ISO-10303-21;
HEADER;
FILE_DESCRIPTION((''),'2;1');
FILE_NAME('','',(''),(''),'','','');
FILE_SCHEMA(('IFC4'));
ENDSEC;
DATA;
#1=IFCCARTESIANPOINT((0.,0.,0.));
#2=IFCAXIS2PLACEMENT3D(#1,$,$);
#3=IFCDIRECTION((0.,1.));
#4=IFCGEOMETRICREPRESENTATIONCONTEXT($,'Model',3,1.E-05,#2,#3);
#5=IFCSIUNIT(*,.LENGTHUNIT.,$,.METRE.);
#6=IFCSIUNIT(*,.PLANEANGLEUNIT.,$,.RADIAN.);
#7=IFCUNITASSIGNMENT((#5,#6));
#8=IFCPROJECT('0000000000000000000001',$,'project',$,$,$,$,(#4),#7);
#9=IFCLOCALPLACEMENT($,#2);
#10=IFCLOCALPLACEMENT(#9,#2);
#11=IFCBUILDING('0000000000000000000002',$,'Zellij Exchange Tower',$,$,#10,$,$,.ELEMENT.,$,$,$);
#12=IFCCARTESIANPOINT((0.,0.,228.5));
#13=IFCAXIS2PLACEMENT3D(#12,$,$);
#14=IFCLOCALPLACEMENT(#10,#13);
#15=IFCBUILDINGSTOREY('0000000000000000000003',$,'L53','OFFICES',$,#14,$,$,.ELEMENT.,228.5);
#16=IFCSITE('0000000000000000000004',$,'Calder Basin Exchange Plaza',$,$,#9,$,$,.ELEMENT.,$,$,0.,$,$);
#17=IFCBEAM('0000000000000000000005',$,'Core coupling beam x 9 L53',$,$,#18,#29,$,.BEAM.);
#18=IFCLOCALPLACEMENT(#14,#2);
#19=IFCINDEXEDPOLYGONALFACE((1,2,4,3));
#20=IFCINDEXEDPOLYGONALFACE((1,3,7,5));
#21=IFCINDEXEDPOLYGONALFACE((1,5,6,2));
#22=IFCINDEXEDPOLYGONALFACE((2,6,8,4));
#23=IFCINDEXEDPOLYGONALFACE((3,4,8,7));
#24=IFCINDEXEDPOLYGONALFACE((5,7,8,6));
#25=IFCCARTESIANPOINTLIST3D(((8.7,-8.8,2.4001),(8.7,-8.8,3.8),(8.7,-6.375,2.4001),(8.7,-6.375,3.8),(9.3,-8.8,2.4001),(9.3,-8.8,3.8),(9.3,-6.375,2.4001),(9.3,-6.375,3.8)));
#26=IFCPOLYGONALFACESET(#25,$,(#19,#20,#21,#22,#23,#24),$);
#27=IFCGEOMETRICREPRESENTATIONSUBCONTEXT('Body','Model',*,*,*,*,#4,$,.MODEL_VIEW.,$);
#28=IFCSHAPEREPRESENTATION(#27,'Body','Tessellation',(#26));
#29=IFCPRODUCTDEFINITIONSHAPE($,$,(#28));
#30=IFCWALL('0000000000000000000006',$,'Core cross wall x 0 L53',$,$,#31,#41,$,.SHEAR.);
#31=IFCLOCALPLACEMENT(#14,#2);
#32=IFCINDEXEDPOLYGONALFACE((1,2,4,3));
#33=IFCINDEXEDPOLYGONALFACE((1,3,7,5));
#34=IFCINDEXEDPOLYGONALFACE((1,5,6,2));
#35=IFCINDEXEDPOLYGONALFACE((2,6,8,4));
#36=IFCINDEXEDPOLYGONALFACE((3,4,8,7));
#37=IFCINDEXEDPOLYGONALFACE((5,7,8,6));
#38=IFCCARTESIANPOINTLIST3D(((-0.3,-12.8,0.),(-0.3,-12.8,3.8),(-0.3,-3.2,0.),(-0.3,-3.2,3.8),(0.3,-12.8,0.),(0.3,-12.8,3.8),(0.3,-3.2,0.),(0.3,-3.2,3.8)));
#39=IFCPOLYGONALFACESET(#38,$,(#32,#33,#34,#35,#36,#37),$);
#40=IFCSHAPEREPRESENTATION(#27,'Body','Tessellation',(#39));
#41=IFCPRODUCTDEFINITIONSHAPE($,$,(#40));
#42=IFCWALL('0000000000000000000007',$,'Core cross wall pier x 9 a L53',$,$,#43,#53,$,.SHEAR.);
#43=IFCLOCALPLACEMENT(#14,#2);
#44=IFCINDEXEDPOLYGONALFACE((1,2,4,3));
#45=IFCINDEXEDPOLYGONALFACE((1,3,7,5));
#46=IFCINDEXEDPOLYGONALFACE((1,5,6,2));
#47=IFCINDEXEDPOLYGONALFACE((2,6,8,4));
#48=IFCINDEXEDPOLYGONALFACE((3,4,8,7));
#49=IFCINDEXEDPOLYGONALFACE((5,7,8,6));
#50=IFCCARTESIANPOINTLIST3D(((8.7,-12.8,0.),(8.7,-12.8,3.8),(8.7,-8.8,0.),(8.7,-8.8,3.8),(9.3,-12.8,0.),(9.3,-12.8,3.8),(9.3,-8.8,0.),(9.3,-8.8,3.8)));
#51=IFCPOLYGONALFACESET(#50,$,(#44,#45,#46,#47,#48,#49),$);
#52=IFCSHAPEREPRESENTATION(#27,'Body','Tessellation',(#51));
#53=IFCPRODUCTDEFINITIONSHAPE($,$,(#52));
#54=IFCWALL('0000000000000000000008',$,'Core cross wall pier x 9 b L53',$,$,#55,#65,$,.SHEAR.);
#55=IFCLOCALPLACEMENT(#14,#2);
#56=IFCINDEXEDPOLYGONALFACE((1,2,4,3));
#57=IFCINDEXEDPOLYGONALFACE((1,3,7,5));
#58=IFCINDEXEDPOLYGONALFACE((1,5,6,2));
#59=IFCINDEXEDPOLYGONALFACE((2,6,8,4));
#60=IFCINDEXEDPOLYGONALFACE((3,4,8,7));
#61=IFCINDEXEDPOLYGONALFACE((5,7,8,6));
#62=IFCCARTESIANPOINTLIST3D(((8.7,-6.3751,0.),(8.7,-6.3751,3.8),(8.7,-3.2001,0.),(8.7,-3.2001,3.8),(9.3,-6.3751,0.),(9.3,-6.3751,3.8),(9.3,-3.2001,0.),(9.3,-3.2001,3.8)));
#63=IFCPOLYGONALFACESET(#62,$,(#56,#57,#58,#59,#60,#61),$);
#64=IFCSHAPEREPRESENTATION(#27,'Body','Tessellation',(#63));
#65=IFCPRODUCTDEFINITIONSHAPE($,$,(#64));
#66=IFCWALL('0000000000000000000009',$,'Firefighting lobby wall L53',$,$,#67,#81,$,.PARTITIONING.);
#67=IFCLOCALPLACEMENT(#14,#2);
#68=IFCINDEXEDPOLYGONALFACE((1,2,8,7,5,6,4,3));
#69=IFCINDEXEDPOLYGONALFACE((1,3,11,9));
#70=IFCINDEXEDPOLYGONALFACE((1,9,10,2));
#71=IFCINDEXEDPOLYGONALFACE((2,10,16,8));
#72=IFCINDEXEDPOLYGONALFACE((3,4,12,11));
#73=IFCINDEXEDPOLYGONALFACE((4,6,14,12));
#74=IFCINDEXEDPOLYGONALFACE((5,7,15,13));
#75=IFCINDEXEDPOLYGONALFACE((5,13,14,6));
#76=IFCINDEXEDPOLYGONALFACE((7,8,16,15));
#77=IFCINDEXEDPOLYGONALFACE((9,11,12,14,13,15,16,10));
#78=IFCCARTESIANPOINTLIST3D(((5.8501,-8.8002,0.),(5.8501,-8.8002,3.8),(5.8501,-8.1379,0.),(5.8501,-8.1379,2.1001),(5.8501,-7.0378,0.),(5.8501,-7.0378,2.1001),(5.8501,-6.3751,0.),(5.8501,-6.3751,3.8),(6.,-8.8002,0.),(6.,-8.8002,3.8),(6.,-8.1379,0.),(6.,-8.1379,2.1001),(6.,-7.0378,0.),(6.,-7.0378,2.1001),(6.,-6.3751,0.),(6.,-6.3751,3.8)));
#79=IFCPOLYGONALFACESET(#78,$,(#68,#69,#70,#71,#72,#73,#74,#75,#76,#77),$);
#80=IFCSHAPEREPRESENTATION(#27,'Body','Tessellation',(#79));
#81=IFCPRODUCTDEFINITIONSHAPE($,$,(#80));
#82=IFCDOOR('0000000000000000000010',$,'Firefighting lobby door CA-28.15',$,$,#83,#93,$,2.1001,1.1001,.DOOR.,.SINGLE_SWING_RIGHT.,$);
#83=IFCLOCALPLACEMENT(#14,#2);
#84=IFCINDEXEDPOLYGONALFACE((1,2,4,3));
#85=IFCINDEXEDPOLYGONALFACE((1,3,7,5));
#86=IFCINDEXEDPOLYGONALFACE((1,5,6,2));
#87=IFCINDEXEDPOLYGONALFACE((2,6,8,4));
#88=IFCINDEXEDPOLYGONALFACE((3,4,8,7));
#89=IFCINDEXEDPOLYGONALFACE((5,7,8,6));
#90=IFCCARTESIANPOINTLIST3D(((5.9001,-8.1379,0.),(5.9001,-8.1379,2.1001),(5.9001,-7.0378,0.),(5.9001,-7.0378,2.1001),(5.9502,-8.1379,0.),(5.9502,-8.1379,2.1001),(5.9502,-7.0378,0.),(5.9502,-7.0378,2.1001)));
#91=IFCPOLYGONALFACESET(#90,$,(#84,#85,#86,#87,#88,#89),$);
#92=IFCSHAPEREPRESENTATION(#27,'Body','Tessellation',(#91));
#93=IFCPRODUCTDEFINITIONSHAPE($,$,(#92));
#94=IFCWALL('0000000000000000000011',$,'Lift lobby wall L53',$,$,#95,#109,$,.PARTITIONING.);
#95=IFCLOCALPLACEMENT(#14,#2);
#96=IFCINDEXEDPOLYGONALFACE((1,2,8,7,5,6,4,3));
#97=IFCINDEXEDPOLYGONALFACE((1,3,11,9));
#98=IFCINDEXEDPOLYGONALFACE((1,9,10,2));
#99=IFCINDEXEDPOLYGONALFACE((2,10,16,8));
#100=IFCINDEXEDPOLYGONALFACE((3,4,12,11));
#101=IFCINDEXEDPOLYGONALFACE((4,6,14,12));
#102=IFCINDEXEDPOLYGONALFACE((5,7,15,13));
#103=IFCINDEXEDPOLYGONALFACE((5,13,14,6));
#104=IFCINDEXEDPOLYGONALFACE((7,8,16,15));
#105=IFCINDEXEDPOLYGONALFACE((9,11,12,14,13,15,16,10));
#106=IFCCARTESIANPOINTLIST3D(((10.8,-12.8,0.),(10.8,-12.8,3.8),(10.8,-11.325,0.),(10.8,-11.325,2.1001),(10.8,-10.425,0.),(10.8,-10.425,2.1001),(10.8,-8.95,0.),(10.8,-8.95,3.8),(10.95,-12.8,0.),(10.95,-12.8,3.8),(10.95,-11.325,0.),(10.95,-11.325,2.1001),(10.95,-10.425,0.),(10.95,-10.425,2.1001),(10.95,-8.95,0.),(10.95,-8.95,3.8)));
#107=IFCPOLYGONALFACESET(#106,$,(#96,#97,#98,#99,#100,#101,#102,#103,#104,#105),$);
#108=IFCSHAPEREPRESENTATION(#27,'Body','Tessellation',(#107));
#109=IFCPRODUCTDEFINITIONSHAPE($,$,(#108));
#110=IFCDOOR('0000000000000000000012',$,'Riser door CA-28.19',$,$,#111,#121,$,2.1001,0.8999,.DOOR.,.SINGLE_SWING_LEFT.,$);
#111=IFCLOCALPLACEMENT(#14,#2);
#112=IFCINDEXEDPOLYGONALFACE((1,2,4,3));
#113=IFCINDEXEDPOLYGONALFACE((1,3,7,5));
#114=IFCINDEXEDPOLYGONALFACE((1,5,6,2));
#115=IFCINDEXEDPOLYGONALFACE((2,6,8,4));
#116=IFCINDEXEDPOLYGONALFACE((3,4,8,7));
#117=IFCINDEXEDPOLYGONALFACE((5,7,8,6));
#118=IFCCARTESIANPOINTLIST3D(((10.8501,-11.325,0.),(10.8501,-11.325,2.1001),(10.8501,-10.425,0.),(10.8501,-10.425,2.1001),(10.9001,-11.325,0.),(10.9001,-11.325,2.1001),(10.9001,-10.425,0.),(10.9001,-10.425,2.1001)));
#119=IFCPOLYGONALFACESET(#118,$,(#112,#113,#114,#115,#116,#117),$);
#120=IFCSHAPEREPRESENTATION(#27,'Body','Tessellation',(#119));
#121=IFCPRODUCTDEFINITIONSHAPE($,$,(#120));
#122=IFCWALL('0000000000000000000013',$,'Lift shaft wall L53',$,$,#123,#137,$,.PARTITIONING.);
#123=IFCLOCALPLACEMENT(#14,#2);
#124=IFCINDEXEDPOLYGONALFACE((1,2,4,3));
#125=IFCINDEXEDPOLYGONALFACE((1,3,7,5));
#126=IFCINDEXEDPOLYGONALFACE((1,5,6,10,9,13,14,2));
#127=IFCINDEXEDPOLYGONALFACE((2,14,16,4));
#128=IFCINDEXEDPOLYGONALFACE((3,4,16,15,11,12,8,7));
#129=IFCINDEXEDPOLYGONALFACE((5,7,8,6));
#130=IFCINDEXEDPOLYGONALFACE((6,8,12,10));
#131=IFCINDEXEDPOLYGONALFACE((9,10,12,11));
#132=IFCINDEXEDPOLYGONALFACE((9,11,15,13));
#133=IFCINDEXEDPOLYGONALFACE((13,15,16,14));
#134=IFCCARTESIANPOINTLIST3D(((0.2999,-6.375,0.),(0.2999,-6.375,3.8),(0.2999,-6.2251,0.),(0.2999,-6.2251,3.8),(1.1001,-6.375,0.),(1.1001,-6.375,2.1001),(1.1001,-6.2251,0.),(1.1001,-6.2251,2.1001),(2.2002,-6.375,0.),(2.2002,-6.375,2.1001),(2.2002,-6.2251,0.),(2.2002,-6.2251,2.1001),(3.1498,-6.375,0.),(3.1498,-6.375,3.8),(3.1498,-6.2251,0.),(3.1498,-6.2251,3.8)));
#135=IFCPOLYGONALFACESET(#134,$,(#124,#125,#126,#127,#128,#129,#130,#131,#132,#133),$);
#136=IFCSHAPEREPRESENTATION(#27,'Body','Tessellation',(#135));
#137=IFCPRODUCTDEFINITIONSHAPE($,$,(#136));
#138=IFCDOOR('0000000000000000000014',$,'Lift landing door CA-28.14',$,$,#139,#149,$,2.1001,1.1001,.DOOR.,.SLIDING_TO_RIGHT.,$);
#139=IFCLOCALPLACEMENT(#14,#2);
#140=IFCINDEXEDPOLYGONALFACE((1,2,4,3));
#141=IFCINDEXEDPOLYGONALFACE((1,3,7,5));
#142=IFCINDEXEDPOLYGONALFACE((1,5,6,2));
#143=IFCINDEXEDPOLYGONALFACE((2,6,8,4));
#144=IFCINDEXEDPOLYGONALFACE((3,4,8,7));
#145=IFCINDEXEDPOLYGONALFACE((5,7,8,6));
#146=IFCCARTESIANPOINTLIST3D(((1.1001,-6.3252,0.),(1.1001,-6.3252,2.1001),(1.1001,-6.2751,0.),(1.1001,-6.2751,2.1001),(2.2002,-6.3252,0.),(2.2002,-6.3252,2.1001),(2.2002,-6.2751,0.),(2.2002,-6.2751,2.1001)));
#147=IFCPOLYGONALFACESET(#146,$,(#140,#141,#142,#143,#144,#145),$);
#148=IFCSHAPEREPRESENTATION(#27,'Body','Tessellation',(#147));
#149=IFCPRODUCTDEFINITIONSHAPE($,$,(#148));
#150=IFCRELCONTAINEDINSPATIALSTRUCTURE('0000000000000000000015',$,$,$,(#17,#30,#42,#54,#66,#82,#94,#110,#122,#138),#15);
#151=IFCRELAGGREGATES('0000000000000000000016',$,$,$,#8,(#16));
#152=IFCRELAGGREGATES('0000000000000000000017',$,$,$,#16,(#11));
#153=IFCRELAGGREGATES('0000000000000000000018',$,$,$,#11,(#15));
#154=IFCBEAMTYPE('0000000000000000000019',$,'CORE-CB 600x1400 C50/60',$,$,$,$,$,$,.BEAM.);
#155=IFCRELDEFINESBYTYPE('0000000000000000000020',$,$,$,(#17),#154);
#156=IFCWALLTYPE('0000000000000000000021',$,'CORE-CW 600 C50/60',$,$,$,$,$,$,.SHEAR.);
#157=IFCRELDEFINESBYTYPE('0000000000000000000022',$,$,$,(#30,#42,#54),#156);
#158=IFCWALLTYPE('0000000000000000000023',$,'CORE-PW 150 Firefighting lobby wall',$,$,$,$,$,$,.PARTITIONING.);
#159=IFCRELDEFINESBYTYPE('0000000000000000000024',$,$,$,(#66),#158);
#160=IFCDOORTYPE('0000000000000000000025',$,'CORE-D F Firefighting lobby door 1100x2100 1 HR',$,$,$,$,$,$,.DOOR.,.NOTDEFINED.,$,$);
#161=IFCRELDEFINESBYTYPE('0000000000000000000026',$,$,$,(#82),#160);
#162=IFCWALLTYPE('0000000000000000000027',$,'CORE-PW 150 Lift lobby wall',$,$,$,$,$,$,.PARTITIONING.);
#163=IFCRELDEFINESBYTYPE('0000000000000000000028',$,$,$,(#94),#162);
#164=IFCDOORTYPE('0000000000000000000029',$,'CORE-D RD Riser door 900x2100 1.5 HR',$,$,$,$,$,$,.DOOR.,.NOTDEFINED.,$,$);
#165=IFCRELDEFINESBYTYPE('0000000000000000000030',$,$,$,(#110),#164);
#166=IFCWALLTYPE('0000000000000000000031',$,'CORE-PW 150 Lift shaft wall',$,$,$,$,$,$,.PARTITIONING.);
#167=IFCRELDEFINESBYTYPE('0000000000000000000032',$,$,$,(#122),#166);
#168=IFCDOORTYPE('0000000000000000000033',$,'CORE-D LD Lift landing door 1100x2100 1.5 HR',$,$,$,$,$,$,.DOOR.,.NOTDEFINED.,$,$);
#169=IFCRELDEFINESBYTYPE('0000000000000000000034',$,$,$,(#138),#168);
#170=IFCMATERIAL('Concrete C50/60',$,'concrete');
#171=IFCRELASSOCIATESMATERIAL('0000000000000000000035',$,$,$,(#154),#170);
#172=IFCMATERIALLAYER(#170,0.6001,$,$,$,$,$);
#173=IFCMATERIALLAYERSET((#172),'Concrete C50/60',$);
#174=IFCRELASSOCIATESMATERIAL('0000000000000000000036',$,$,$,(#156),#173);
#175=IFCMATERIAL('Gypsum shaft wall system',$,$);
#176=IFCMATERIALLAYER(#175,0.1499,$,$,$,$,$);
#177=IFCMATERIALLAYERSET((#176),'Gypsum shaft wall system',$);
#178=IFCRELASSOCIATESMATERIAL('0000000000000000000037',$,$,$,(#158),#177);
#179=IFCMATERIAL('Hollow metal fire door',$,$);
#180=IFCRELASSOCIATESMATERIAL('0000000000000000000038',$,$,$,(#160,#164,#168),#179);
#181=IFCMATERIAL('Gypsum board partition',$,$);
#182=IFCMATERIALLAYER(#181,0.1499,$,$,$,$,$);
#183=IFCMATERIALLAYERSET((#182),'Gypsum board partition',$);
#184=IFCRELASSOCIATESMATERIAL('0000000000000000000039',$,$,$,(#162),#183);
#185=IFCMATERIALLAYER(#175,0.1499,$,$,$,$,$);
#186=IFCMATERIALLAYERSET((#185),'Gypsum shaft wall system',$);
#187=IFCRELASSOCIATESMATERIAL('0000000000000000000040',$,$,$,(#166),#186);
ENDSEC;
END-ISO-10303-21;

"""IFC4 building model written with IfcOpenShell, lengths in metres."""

from ifc_helpers import new_model, si_unit, direction, frame, frame_2d, origin, origin_2d, place, context, subcontext, project, spatial, rectangle, extrude, material, layer, layer_set, material_profile, profile_set, type_object, element, fill, save


model = new_model("IFC4")

# Units and contexts
model_context = context("Model", 3, precision=1e-05, world=origin(), true_north=direction((0.0, 1.0)))
body_context = subcontext(model_context, "Body", "Model", "MODEL_VIEW")
ifc_project = project(units=[si_unit("LENGTHUNIT", "METRE"), si_unit("PLANEANGLEUNIT", "RADIAN")], contexts=[model_context])

# Site, building, storey
site_placement = place(None, origin())
site = spatial("IfcSite", under=ifc_project, at=site_placement, Name="Calder Basin Exchange Plaza", CompositionType="ELEMENT", RefElevation=0.0)
building_placement = place(site_placement, origin())
building = spatial("IfcBuilding", under=site, at=building_placement, Name="Zellij Exchange Tower", CompositionType="ELEMENT")
storey_placement = place(building_placement, frame((0.0, 0.0, 228.5)))
storey = spatial("IfcBuildingStorey", under=building, at=storey_placement, Name="L53", Description="OFFICES", CompositionType="ELEMENT", Elevation=228.5)

# Beam
ifc_material_1 = material(Name="Concrete C50/60", Category="concrete")
ifc_material_profile = material_profile(ifc_material_1, rectangle(XDim=0.6001, YDim=1.3999, at=origin_2d()), Name="CORE-CB 600x1400 C50/60")
ifc_profile_set = profile_set([ifc_material_profile], Name="Concrete C50/60")
beam_type = type_object("IfcBeamType", Name="CORE-CB 600x1400 C50/60", PredefinedType="BEAM", material=ifc_profile_set)
beam_placement = place(storey_placement, frame((9.0, -8.8, 3.1001), z_axis=(0.0, 1.0, 0.0), x_axis=(-1.0, 0.0, 0.0)))
element("IfcBeam", 1, at=beam_placement, inside=storey, type_object=beam_type, Name="Core coupling beam x 9 L53", PredefinedType="BEAM", context=body_context, shape_type="SweptSolid", body=[
    extrude(rectangle(XDim=0.6001, YDim=1.3999, at=origin_2d()), origin(), (0.0, 0.0, 1.0), 2.425),
])

# Walls
ifc_layer_1 = layer(ifc_material_1, 0.6001)
ifc_layer_set_1 = layer_set([ifc_layer_1], Name="Concrete C50/60")
wall_type_1 = type_object("IfcWallType", Name="CORE-CW 600 C50/60", PredefinedType="SHEAR", material=ifc_layer_set_1)
wall_1_placement = place(storey_placement, frame((0.0, -12.8, 0.0), z_axis=(0.0, 0.0, 1.0), x_axis=(0.0, 1.0, 0.0)))
element("IfcWall", 2, at=wall_1_placement, inside=storey, type_object=wall_type_1, Name="Core cross wall x 0 L53", PredefinedType="SHEAR", context=body_context, shape_type="SweptSolid", body=[
    extrude(rectangle(XDim=9.6001, YDim=0.6001, at=frame_2d((4.8, 0.0))), origin(), (0.0, 0.0, 1.0), 3.8),
])
wall_2_placement = place(storey_placement, frame((9.0, -12.8, 0.0), z_axis=(0.0, 0.0, 1.0), x_axis=(0.0, 1.0, 0.0)))
element("IfcWall", 3, at=wall_2_placement, inside=storey, type_object=wall_type_1, Name="Core cross wall pier x 9 a L53", PredefinedType="SHEAR", context=body_context, shape_type="SweptSolid", body=[
    extrude(rectangle(XDim=4.0, YDim=0.6001, at=frame_2d((2.0, 0.0))), origin(), (0.0, 0.0, 1.0), 3.8),
])
wall_3_placement = place(storey_placement, frame((9.0, -6.375, 0.0), z_axis=(0.0, 0.0, 1.0), x_axis=(0.0, 1.0, 0.0)))
element("IfcWall", 4, at=wall_3_placement, inside=storey, type_object=wall_type_1, Name="Core cross wall pier x 9 b L53", PredefinedType="SHEAR", context=body_context, shape_type="SweptSolid", body=[
    extrude(rectangle(XDim=3.175, YDim=0.6001, at=frame_2d((1.5874, 0.0))), origin(), (0.0, 0.0, 1.0), 3.8),
])

# Walls, openings, doors
ifc_material_2 = material(Name="Gypsum shaft wall system")
ifc_layer_2 = layer(ifc_material_2, 0.1499)
ifc_layer_set_2 = layer_set([ifc_layer_2], Name="Gypsum shaft wall system")
wall_type_2 = type_object("IfcWallType", Name="CORE-PW 150 Firefighting lobby wall", PredefinedType="PARTITIONING", material=ifc_layer_set_2)
wall_4_placement = place(storey_placement, frame((5.925, -8.8, 0.0), z_axis=(0.0, 0.0, 1.0), x_axis=(0.0, 1.0, 0.0)))
wall_4 = element("IfcWall", 5, at=wall_4_placement, inside=storey, type_object=wall_type_2, Name="Firefighting lobby wall L53", PredefinedType="PARTITIONING", context=body_context, shape_type="SweptSolid", body=[
    extrude(rectangle(XDim=2.425, YDim=0.1499, at=frame_2d((1.2124, 0.0))), origin(), (0.0, 0.0, 1.0), 3.8),
])
opening_1_placement = place(wall_4_placement, frame((0.6621, 0.0, 0.0)))
opening_1 = element("IfcOpeningElement", 6, at=opening_1_placement, cuts=wall_4, PredefinedType="OPENING", context=body_context, shape_type="SweptSolid", body=[
    extrude(rectangle(XDim=1.1001, YDim=2.1001, at=frame_2d((0.55, 1.05))), frame((0.0, 0.0869, 0.0), z_axis=(0.0, -1.0, 0.0), x_axis=(1.0, 0.0, 0.0)), (0.0, 0.0, 1.0), 0.1738),
])
ifc_material_3 = material(Name="Hollow metal fire door")
door_type_1 = type_object("IfcDoorType", Name="CORE-D F Firefighting lobby door 1100x2100 1 HR", OperationType="NOTDEFINED", PredefinedType="DOOR", material=ifc_material_3)
door_1_placement = place(opening_1_placement, origin())
door_1 = element("IfcDoor", 7, at=door_1_placement, inside=storey, type_object=door_type_1, Name="Firefighting lobby door CA-28.15", OperationType="SINGLE_SWING_RIGHT", OverallHeight=2.1001, OverallWidth=1.1001, PredefinedType="DOOR", context=body_context, shape_type="SweptSolid", body=[
    extrude(rectangle(XDim=1.1001, YDim=2.1001, at=frame_2d((0.55, 1.05))), frame((0.0, 0.0249, 0.0), z_axis=(0.0, -1.0, 0.0), x_axis=(1.0, 0.0, 0.0)), (0.0, 0.0, 1.0), 0.05),
])
fill(opening_1, door_1)
ifc_material_4 = material(Name="Gypsum board partition")
ifc_layer_3 = layer(ifc_material_4, 0.1499)
ifc_layer_set_3 = layer_set([ifc_layer_3], Name="Gypsum board partition")
wall_type_3 = type_object("IfcWallType", Name="CORE-PW 150 Lift lobby wall", PredefinedType="PARTITIONING", material=ifc_layer_set_3)
wall_5_placement = place(storey_placement, frame((10.875, -12.8, 0.0), z_axis=(0.0, 0.0, 1.0), x_axis=(0.0, 1.0, 0.0)))
wall_5 = element("IfcWall", 8, at=wall_5_placement, inside=storey, type_object=wall_type_3, Name="Lift lobby wall L53", PredefinedType="PARTITIONING", context=body_context, shape_type="SweptSolid", body=[
    extrude(rectangle(XDim=3.8501, YDim=0.1499, at=frame_2d((1.925, 0.0))), origin(), (0.0, 0.0, 1.0), 3.8),
])
opening_2_placement = place(wall_5_placement, frame((1.4751, 0.0, 0.0)))
opening_2 = element("IfcOpeningElement", 9, at=opening_2_placement, cuts=wall_5, PredefinedType="OPENING", context=body_context, shape_type="SweptSolid", body=[
    extrude(rectangle(XDim=0.8999, YDim=2.1001, at=frame_2d((0.45, 1.05))), frame((0.0, 0.0869, 0.0), z_axis=(0.0, -1.0, 0.0), x_axis=(1.0, 0.0, 0.0)), (0.0, 0.0, 1.0), 0.1738),
])
door_type_2 = type_object("IfcDoorType", Name="CORE-D RD Riser door 900x2100 1.5 HR", OperationType="NOTDEFINED", PredefinedType="DOOR", material=ifc_material_3)
door_2_placement = place(opening_2_placement, origin())
door_2 = element("IfcDoor", 10, at=door_2_placement, inside=storey, type_object=door_type_2, Name="Riser door CA-28.19", OperationType="SINGLE_SWING_LEFT", OverallHeight=2.1001, OverallWidth=0.8999, PredefinedType="DOOR", context=body_context, shape_type="SweptSolid", body=[
    extrude(rectangle(XDim=0.8999, YDim=2.1001, at=frame_2d((0.45, 1.05))), frame((0.0, 0.0249, 0.0), z_axis=(0.0, -1.0, 0.0), x_axis=(1.0, 0.0, 0.0)), (0.0, 0.0, 1.0), 0.05),
])
fill(opening_2, door_2)
ifc_layer_4 = layer(ifc_material_2, 0.1499)
ifc_layer_set_4 = layer_set([ifc_layer_4], Name="Gypsum shaft wall system")
wall_type_4 = type_object("IfcWallType", Name="CORE-PW 150 Lift shaft wall", PredefinedType="PARTITIONING", material=ifc_layer_set_4)
wall_6_placement = place(storey_placement, frame((0.3, -6.3, 0.0), z_axis=(0.0, 0.0, 1.0), x_axis=(1.0, 0.0, 0.0)))
wall_6 = element("IfcWall", 11, at=wall_6_placement, inside=storey, type_object=wall_type_4, Name="Lift shaft wall L53", PredefinedType="PARTITIONING", context=body_context, shape_type="SweptSolid", body=[
    extrude(rectangle(XDim=2.8499, YDim=0.1499, at=frame_2d((1.4248, 0.0))), origin(), (0.0, 0.0, 1.0), 3.8),
])
opening_3_placement = place(wall_6_placement, frame((0.8, 0.0, 0.0)))
opening_3 = element("IfcOpeningElement", 12, at=opening_3_placement, cuts=wall_6, PredefinedType="OPENING", context=body_context, shape_type="SweptSolid", body=[
    extrude(rectangle(XDim=1.1001, YDim=2.1001, at=frame_2d((0.55, 1.05))), frame((0.0, 0.0869, 0.0), z_axis=(0.0, -1.0, 0.0), x_axis=(1.0, 0.0, 0.0)), (0.0, 0.0, 1.0), 0.1738),
])
door_type_3 = type_object("IfcDoorType", Name="CORE-D LD Lift landing door 1100x2100 1.5 HR", OperationType="NOTDEFINED", PredefinedType="DOOR", material=ifc_material_3)
door_3_placement = place(opening_3_placement, origin())
door_3 = element("IfcDoor", 13, at=door_3_placement, inside=storey, type_object=door_type_3, Name="Lift landing door CA-28.14", OperationType="SLIDING_TO_RIGHT", OverallHeight=2.1001, OverallWidth=1.1001, PredefinedType="DOOR", context=body_context, shape_type="SweptSolid", body=[
    extrude(rectangle(XDim=1.1001, YDim=2.1001, at=frame_2d((0.55, 1.05))), frame((0.0, 0.0249, 0.0), z_axis=(0.0, -1.0, 0.0), x_axis=(1.0, 0.0, 0.0)), (0.0, 0.0, 1.0), 0.05),
])
fill(opening_3, door_3)

save(model, "model.ifc")
